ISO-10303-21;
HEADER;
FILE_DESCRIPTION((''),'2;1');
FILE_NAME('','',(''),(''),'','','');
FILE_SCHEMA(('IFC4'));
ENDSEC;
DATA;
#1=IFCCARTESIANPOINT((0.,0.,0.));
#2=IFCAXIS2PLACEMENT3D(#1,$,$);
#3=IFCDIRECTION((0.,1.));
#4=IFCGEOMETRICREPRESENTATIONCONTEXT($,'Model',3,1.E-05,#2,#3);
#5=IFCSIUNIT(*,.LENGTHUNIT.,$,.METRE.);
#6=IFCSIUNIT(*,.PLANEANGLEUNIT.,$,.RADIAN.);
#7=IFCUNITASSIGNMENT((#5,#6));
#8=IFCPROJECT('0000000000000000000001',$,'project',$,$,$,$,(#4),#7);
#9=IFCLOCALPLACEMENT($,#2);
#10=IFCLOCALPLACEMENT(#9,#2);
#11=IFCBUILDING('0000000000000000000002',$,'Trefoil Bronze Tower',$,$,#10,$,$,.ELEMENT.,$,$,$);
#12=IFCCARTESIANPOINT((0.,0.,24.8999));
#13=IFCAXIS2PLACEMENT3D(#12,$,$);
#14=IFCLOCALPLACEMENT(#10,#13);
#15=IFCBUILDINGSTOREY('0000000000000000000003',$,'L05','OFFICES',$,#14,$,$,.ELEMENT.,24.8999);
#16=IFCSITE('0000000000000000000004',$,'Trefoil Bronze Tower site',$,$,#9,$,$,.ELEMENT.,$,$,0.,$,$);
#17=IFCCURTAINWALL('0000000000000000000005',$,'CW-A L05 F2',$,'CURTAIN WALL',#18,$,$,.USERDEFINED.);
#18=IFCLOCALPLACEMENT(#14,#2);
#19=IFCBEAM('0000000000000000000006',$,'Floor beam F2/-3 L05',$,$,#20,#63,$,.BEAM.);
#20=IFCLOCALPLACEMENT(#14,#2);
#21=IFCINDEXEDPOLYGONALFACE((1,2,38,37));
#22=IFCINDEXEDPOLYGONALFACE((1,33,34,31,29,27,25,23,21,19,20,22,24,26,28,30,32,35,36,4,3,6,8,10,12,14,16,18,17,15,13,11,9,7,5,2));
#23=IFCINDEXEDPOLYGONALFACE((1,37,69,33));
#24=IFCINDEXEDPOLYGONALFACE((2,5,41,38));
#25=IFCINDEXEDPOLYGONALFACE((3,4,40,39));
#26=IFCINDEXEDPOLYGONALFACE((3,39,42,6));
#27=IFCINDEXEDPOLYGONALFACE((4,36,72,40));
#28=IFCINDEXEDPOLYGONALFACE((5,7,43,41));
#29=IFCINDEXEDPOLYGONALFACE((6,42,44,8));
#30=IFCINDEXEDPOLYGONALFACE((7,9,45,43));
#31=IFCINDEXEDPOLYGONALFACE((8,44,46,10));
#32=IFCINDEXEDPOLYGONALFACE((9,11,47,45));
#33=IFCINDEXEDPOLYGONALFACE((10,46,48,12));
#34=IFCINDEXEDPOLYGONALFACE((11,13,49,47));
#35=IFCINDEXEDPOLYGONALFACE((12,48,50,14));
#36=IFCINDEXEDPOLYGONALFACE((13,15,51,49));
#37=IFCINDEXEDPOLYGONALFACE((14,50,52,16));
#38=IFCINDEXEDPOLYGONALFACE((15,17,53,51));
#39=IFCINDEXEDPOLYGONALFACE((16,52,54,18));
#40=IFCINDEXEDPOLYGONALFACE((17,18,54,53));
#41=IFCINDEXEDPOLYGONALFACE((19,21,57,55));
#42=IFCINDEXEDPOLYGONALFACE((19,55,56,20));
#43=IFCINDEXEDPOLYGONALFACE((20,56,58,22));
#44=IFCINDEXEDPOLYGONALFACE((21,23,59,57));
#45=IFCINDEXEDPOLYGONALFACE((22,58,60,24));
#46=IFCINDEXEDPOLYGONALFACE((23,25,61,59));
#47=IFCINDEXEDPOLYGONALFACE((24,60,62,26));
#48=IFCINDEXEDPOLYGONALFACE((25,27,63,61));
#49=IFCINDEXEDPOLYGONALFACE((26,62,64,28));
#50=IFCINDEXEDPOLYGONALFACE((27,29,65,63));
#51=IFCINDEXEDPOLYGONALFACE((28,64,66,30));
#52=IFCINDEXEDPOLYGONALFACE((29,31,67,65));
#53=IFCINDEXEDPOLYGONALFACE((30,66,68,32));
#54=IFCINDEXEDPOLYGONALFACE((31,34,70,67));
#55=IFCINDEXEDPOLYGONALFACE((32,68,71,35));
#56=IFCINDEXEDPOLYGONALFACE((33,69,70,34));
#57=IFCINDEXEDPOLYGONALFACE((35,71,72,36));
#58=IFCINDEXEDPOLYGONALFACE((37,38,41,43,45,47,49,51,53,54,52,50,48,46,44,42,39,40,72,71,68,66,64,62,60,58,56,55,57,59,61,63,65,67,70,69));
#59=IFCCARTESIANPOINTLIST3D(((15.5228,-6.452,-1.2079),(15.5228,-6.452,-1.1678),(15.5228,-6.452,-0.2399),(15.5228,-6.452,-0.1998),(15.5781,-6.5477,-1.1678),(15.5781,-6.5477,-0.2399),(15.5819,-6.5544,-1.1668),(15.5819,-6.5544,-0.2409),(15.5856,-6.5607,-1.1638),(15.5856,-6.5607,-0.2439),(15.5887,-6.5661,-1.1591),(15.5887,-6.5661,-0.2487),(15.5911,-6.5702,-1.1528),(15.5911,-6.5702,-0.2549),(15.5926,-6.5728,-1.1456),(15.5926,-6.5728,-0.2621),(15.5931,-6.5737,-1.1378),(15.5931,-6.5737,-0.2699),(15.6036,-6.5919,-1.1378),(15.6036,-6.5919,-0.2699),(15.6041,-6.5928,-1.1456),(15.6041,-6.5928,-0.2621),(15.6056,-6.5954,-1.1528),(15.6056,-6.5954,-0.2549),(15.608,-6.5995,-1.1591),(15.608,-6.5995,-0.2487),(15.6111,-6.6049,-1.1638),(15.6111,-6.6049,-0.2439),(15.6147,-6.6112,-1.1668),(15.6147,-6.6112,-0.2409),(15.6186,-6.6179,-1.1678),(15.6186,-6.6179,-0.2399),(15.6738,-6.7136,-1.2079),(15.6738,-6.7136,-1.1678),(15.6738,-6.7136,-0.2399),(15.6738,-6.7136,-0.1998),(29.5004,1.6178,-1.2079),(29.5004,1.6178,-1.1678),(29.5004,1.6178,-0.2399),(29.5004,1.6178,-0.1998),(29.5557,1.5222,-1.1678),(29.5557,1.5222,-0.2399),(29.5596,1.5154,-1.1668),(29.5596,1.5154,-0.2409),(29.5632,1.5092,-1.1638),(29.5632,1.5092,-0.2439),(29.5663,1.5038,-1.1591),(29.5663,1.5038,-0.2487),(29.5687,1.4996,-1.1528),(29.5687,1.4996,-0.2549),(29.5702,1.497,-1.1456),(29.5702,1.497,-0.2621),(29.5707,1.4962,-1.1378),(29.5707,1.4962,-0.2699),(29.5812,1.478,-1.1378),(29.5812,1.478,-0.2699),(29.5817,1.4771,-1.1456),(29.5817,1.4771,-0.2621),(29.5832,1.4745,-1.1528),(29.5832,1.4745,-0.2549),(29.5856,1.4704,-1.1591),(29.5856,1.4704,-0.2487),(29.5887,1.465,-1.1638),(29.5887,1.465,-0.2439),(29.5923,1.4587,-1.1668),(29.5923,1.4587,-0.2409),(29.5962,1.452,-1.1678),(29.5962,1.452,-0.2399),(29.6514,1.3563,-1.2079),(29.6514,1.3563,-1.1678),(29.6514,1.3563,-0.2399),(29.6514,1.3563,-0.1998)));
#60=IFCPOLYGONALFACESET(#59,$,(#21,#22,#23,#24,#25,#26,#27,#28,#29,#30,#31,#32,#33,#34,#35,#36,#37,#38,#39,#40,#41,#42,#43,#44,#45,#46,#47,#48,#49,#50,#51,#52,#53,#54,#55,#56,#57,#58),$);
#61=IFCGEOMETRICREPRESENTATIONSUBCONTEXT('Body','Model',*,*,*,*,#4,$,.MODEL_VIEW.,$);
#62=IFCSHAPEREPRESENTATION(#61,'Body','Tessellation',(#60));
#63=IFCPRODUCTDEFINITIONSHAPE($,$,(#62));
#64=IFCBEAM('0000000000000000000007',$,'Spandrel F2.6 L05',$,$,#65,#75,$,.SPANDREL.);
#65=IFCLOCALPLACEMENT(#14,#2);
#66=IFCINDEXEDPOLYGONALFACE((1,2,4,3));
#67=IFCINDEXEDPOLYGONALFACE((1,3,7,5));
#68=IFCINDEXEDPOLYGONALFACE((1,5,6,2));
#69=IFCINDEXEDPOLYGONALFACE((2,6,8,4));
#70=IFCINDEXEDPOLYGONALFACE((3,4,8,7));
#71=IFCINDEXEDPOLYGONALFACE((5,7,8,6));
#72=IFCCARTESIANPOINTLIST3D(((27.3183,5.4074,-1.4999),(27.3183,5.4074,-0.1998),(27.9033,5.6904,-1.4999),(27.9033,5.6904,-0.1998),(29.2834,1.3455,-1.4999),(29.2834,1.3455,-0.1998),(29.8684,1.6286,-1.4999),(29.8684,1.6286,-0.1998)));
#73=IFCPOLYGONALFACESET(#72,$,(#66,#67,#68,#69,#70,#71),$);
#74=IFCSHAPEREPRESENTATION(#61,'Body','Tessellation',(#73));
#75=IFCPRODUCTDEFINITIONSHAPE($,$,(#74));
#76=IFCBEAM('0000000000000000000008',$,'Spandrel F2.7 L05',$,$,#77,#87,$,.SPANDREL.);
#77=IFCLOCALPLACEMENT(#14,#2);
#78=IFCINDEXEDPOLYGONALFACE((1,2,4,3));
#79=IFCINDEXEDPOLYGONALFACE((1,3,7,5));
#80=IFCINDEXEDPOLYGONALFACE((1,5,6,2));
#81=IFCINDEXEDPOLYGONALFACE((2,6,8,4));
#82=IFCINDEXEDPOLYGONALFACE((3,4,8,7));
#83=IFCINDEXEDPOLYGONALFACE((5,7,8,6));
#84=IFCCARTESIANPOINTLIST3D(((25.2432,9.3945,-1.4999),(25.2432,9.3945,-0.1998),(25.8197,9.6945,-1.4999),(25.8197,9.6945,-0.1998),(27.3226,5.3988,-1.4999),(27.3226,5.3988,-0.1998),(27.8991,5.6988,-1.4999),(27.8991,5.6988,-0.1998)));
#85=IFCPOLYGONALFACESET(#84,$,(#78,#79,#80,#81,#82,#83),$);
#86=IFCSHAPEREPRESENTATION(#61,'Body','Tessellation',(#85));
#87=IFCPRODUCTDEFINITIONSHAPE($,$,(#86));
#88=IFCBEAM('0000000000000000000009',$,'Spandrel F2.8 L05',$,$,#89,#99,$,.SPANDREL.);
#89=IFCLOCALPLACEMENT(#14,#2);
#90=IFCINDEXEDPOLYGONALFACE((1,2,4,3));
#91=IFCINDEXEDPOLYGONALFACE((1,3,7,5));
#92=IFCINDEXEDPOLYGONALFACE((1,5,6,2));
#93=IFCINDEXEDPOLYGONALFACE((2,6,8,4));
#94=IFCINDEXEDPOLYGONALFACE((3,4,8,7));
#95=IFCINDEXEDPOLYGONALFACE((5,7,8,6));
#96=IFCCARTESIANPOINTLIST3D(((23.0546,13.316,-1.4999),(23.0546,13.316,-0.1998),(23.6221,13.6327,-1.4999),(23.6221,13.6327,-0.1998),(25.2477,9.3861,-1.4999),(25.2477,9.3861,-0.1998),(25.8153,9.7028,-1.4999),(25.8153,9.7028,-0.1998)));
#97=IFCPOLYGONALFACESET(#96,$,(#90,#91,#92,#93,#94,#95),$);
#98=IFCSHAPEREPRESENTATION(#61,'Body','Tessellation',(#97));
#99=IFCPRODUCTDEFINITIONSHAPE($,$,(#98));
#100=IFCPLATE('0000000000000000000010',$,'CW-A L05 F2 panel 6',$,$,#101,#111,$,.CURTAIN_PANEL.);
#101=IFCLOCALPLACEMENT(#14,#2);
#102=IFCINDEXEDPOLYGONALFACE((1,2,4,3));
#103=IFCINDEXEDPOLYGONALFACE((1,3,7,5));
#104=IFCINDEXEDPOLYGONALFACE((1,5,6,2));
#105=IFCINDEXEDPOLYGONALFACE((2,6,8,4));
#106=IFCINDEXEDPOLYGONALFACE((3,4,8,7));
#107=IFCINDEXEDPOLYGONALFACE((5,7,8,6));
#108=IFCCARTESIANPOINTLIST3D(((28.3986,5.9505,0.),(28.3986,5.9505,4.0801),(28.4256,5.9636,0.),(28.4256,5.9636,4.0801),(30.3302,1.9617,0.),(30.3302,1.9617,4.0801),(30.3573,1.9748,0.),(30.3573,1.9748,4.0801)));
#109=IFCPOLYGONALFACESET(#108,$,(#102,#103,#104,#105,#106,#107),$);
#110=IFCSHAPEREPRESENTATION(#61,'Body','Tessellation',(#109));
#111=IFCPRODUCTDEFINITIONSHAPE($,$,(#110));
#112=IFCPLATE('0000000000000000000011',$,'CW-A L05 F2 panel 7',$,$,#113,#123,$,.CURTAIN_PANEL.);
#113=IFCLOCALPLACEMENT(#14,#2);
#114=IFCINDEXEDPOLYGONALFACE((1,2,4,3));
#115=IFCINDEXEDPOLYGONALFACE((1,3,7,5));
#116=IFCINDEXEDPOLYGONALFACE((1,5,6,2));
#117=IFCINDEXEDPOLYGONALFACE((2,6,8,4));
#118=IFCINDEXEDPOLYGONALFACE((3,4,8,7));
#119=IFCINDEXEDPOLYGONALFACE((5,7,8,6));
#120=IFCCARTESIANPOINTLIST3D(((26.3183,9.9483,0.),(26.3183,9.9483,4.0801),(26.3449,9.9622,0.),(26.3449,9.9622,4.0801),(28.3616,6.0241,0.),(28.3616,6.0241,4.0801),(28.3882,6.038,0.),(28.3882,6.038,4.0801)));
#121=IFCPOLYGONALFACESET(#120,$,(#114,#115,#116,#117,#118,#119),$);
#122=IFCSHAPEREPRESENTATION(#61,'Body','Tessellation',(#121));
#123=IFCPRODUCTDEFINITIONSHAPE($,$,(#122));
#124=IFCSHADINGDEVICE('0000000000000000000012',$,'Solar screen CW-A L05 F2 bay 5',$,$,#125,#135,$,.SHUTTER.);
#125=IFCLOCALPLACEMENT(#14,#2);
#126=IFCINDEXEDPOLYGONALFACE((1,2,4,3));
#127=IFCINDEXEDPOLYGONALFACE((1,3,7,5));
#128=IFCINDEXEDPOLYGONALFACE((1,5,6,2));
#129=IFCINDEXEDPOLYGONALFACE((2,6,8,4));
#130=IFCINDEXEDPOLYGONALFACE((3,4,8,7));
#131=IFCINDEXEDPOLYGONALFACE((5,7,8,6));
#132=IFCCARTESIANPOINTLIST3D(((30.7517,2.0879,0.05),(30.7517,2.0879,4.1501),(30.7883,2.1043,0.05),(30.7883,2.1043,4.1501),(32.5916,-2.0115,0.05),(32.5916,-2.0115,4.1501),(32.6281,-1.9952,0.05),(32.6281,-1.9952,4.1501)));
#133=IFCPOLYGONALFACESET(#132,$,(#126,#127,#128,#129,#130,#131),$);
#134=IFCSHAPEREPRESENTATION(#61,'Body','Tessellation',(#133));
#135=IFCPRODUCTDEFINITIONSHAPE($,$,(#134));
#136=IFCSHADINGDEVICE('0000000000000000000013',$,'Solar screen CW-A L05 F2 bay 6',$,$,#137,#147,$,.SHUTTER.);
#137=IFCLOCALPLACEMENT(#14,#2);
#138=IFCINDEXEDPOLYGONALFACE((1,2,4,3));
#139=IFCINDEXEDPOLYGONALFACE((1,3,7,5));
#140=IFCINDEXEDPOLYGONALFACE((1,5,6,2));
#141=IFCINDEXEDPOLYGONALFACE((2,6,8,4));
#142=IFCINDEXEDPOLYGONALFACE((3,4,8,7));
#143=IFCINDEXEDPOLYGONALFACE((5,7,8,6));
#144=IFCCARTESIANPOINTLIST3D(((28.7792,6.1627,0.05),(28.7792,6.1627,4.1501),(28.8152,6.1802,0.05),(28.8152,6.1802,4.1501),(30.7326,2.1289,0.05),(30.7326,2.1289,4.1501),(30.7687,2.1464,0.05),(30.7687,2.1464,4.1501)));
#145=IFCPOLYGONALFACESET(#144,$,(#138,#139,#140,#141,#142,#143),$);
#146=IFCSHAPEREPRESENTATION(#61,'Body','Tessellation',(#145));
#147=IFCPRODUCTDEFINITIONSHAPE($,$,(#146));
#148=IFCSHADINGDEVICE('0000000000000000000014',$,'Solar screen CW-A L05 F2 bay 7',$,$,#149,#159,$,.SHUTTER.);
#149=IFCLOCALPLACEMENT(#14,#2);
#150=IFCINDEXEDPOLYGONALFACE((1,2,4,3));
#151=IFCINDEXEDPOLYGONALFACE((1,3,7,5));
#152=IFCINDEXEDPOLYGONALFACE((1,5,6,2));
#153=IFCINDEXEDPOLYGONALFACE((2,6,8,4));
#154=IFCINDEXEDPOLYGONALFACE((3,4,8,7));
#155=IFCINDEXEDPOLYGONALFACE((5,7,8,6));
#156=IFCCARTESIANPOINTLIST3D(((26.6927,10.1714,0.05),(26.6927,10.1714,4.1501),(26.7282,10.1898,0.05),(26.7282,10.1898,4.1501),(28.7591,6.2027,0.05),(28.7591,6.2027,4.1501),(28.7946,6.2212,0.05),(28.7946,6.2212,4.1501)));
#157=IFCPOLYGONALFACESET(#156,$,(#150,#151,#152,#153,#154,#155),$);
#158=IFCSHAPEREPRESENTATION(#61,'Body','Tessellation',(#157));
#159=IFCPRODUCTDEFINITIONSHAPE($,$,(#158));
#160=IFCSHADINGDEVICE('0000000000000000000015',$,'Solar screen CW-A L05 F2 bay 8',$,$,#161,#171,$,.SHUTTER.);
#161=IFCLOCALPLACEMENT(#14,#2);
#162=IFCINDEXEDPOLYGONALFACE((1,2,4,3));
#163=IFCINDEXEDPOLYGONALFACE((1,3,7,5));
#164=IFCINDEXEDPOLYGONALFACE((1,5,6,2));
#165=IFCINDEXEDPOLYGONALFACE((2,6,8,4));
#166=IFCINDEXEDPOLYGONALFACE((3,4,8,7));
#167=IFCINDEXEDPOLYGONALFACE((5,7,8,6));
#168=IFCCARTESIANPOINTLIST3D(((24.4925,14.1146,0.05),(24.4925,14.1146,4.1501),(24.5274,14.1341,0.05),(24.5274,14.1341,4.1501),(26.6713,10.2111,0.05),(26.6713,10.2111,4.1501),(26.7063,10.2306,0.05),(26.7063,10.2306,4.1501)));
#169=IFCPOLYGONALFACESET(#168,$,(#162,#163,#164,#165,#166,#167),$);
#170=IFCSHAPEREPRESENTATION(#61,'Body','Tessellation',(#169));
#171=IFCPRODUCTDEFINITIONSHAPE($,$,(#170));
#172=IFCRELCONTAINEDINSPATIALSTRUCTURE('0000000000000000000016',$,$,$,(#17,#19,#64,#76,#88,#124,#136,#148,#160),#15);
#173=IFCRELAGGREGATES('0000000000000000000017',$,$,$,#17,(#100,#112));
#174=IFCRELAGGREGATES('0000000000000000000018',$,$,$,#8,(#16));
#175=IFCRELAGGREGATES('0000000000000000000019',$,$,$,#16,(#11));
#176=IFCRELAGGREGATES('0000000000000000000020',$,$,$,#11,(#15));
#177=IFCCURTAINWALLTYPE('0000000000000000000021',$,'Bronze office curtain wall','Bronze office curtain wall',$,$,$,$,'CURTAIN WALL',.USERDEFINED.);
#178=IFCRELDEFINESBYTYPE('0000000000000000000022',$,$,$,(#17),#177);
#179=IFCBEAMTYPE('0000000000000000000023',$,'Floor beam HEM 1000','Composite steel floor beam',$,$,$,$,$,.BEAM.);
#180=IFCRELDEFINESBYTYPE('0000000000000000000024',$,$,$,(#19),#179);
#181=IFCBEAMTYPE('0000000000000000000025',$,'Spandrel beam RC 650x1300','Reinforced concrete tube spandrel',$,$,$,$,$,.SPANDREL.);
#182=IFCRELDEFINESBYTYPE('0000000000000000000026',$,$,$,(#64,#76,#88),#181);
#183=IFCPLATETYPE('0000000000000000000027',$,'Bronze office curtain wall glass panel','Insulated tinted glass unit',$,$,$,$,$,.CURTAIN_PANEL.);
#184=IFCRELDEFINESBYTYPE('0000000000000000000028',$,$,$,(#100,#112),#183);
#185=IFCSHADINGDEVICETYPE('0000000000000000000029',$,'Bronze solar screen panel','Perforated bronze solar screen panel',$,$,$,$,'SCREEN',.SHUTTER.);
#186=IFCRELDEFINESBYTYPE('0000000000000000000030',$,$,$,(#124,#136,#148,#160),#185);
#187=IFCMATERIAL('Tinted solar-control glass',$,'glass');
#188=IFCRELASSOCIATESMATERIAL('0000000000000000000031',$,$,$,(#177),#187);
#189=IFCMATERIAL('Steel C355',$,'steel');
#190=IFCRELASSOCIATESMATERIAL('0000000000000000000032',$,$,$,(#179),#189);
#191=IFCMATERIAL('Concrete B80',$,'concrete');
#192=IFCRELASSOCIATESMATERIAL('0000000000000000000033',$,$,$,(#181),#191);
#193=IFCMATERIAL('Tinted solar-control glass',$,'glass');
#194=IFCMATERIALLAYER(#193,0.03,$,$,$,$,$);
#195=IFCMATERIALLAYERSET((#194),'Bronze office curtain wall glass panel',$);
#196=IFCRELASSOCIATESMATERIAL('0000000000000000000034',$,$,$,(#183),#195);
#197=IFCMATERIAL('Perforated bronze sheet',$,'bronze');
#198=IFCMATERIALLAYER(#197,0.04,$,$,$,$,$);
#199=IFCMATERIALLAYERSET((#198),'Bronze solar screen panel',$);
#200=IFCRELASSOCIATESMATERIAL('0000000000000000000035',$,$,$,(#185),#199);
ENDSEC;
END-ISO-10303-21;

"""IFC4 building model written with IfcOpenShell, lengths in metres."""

from ifc_helpers import new_model, si_unit, direction, frame, origin, origin_2d, place, context, subcontext, project, spatial, rectangle, i_section, extrude, material, layer, layer_set, material_profile, profile_set, type_object, element, aggregate, save


model = new_model("IFC4")

# Units and contexts
model_context = context("Model", 3, precision=1e-05, world=origin(), true_north=direction((0.0, 1.0)))
body_context = subcontext(model_context, "Body", "Model", "MODEL_VIEW")
ifc_project = project(units=[si_unit("LENGTHUNIT", "METRE"), si_unit("PLANEANGLEUNIT", "RADIAN")], contexts=[model_context])

# Site, building, storey
site_placement = place(None, origin())
site = spatial("IfcSite", under=ifc_project, at=site_placement, Name="Trefoil Bronze Tower site", CompositionType="ELEMENT", RefElevation=0.0)
building_placement = place(site_placement, origin())
building = spatial("IfcBuilding", under=site, at=building_placement, Name="Trefoil Bronze Tower", CompositionType="ELEMENT")
storey_placement = place(building_placement, frame((0.0, 0.0, 24.8999)))
storey = spatial("IfcBuildingStorey", under=building, at=storey_placement, Name="L05", Description="OFFICES", CompositionType="ELEMENT", Elevation=24.8999)

# Curtain wall
ifc_material_1 = material(Name="Tinted solar-control glass", Category="glass")
curtain_wall_type = type_object("IfcCurtainWallType", Name="Bronze office curtain wall", Description="Bronze office curtain wall", ElementType="CURTAIN WALL", PredefinedType="USERDEFINED", material=ifc_material_1)
curtain_wall_placement = place(storey_placement, origin())
curtain_wall = element("IfcCurtainWall", 1, at=curtain_wall_placement, inside=storey, type_object=curtain_wall_type, Name="CW-A L05 F2", ObjectType="CURTAIN WALL", PredefinedType="USERDEFINED")

# Beams
ifc_material_2 = material(Name="Steel C355", Category="steel")
ifc_material_profile_1 = material_profile(ifc_material_2, i_section(OverallWidth=0.302, OverallDepth=1.0081, WebThickness=0.021, FlangeThickness=0.04, FilletRadius=0.03, at=origin_2d()), Name="HEM 1000")
ifc_profile_set_1 = profile_set([ifc_material_profile_1], Name="Steel C355")
beam_type_1 = type_object("IfcBeamType", Name="Floor beam HEM 1000", Description="Composite steel floor beam", PredefinedType="BEAM", material=ifc_profile_set_1)
beam_1_placement = place(storey_placement, frame((29.5759, 1.4871, -0.7039), z_axis=(-0.866028, -0.499995, 0.0), x_axis=(0.499995, -0.866028, 0.0)))
element("IfcBeam", 2, at=beam_1_placement, inside=storey, type_object=beam_type_1, Name="Floor beam F2/-3 L05", PredefinedType="BEAM", context=body_context, shape_type="SweptSolid", body=[
    extrude(i_section(OverallWidth=0.302, OverallDepth=1.0081, WebThickness=0.021, FlangeThickness=0.04, FilletRadius=0.03, at=origin_2d()), origin(), (0.0, 0.0, 1.0), 16.1399),
])
ifc_material_3 = material(Name="Concrete B80", Category="concrete")
ifc_material_profile_2 = material_profile(ifc_material_3, rectangle(XDim=0.6499, YDim=1.3, at=origin_2d()), Name="RC 650x1300")
ifc_profile_set_2 = profile_set([ifc_material_profile_2], Name="Concrete B80")
beam_type_2 = type_object("IfcBeamType", Name="Spandrel beam RC 650x1300", Description="Reinforced concrete tube spandrel", PredefinedType="SPANDREL", material=ifc_profile_set_2)
beam_2_placement = place(storey_placement, frame((29.5759, 1.4871, -0.8499), z_axis=(-0.43551, 0.900184, 0.0), x_axis=(-0.900184, -0.43551, 0.0)))
element("IfcBeam", 3, at=beam_2_placement, inside=storey, type_object=beam_type_2, Name="Spandrel F2.6 L05", PredefinedType="SPANDREL", context=body_context, shape_type="SweptSolid", body=[
    extrude(rectangle(XDim=0.6499, YDim=1.3, at=origin_2d()), origin(), (0.0, 0.0, 1.0), 4.5122),
])
beam_3_placement = place(storey_placement, frame((27.6108, 5.5488, -0.8499), z_axis=(-0.461638, 0.887069, 0.0), x_axis=(-0.887069, -0.461638, 0.0)))
element("IfcBeam", 4, at=beam_3_placement, inside=storey, type_object=beam_type_2, Name="Spandrel F2.7 L05", PredefinedType="SPANDREL", context=body_context, shape_type="SweptSolid", body=[
    extrude(rectangle(XDim=0.6499, YDim=1.3, at=origin_2d()), origin(), (0.0, 0.0, 1.0), 4.5044),
])
beam_4_placement = place(storey_placement, frame((25.5315, 9.5444, -0.8499), z_axis=(-0.487309, 0.873229, 0.0), x_axis=(-0.873229, -0.487309, 0.0)))
element("IfcBeam", 5, at=beam_4_placement, inside=storey, type_object=beam_type_2, Name="Spandrel F2.8 L05", PredefinedType="SPANDREL", context=body_context, shape_type="SweptSolid", body=[
    extrude(rectangle(XDim=0.6499, YDim=1.3, at=origin_2d()), origin(), (0.0, 0.0, 1.0), 4.5005),
])

# Plates
ifc_material_4 = material(Name="Tinted solar-control glass", Category="glass")
ifc_layer_1 = layer(ifc_material_4, 0.03)
ifc_layer_set_1 = layer_set([ifc_layer_1], Name="Bronze office curtain wall glass panel")
plate_type = type_object("IfcPlateType", Name="Bronze office curtain wall glass panel", Description="Insulated tinted glass unit", PredefinedType="CURTAIN_PANEL", material=ifc_layer_set_1)
plate_1_placement = place(storey_placement, frame((29.3779, 3.9626, 0.0), z_axis=(0.0, 0.0, 1.0), x_axis=(-0.435855, 0.900017, 0.0)))
plate_1 = element("IfcPlate", 6, at=plate_1_placement, type_object=plate_type, Name="CW-A L05 F2 panel 6", PredefinedType="CURTAIN_PANEL", context=body_context, shape_type="SweptSolid", body=[
    extrude(rectangle(XDim=4.4319, YDim=0.03, at=origin_2d()), origin(), (0.0, 0.0, 1.0), 4.0801),
])
plate_2_placement = place(storey_placement, frame((27.3533, 7.9932, 0.0), z_axis=(0.0, 0.0, 1.0), x_axis=(-0.46183, 0.886969, 0.0)))
plate_2 = element("IfcPlate", 7, at=plate_2_placement, type_object=plate_type, Name="CW-A L05 F2 panel 7", PredefinedType="CURTAIN_PANEL", context=body_context, shape_type="SweptSolid", body=[
    extrude(rectangle(XDim=4.4243, YDim=0.03, at=origin_2d()), origin(), (0.0, 0.0, 1.0), 4.0801),
])
aggregate(curtain_wall, [plate_1, plate_2])

# Shading devices
ifc_material_5 = material(Name="Perforated bronze sheet", Category="bronze")
ifc_layer_2 = layer(ifc_material_5, 0.04)
ifc_layer_set_2 = layer_set([ifc_layer_2], Name="Bronze solar screen panel")
shading_device_type = type_object("IfcShadingDeviceType", Name="Bronze solar screen panel", Description="Perforated bronze solar screen panel", ElementType="SCREEN", PredefinedType="SHUTTER", material=ifc_layer_set_2)
shading_device_1_placement = place(storey_placement, frame((31.6899, 0.0464, 0.05), z_axis=(0.0, 0.0, 1.0), x_axis=(-0.409456, 0.91233, 0.0)))
element("IfcShadingDevice", 8, at=shading_device_1_placement, inside=storey, type_object=shading_device_type, Name="Solar screen CW-A L05 F2 bay 5", PredefinedType="SHUTTER", context=body_context, shape_type="SweptSolid", body=[
    extrude(rectangle(XDim=4.4934, YDim=0.04, at=origin_2d()), origin(), (0.0, 0.0, 1.0), 4.1001),
])
shading_device_2_placement = place(storey_placement, frame((29.7739, 4.1545, 0.05), z_axis=(0.0, 0.0, 1.0), x_axis=(-0.435855, 0.900017, 0.0)))
element("IfcShadingDevice", 9, at=shading_device_2_placement, inside=storey, type_object=shading_device_type, Name="Solar screen CW-A L05 F2 bay 6", PredefinedType="SHUTTER", context=body_context, shape_type="SweptSolid", body=[
    extrude(rectangle(XDim=4.4819, YDim=0.04, at=origin_2d()), origin(), (0.0, 0.0, 1.0), 4.1001),
])
shading_device_3_placement = place(storey_placement, frame((27.7437, 8.1963, 0.05), z_axis=(0.0, 0.0, 1.0), x_axis=(-0.46183, 0.886969, 0.0)))
element("IfcShadingDevice", 10, at=shading_device_3_placement, inside=storey, type_object=shading_device_type, Name="Solar screen CW-A L05 F2 bay 7", PredefinedType="SHUTTER", context=body_context, shape_type="SweptSolid", body=[
    extrude(rectangle(XDim=4.4744, YDim=0.04, at=origin_2d()), origin(), (0.0, 0.0, 1.0), 4.1001),
])
shading_device_4_placement = place(storey_placement, frame((25.5994, 12.1726, 0.05), z_axis=(0.0, 0.0, 1.0), x_axis=(-0.487382, 0.873189, 0.0)))
element("IfcShadingDevice", 11, at=shading_device_4_placement, inside=storey, type_object=shading_device_type, Name="Solar screen CW-A L05 F2 bay 8", PredefinedType="SHUTTER", context=body_context, shape_type="SweptSolid", body=[
    extrude(rectangle(XDim=4.4705, YDim=0.04, at=origin_2d()), origin(), (0.0, 0.0, 1.0), 4.1001),
])

save(model, "model.ifc")
